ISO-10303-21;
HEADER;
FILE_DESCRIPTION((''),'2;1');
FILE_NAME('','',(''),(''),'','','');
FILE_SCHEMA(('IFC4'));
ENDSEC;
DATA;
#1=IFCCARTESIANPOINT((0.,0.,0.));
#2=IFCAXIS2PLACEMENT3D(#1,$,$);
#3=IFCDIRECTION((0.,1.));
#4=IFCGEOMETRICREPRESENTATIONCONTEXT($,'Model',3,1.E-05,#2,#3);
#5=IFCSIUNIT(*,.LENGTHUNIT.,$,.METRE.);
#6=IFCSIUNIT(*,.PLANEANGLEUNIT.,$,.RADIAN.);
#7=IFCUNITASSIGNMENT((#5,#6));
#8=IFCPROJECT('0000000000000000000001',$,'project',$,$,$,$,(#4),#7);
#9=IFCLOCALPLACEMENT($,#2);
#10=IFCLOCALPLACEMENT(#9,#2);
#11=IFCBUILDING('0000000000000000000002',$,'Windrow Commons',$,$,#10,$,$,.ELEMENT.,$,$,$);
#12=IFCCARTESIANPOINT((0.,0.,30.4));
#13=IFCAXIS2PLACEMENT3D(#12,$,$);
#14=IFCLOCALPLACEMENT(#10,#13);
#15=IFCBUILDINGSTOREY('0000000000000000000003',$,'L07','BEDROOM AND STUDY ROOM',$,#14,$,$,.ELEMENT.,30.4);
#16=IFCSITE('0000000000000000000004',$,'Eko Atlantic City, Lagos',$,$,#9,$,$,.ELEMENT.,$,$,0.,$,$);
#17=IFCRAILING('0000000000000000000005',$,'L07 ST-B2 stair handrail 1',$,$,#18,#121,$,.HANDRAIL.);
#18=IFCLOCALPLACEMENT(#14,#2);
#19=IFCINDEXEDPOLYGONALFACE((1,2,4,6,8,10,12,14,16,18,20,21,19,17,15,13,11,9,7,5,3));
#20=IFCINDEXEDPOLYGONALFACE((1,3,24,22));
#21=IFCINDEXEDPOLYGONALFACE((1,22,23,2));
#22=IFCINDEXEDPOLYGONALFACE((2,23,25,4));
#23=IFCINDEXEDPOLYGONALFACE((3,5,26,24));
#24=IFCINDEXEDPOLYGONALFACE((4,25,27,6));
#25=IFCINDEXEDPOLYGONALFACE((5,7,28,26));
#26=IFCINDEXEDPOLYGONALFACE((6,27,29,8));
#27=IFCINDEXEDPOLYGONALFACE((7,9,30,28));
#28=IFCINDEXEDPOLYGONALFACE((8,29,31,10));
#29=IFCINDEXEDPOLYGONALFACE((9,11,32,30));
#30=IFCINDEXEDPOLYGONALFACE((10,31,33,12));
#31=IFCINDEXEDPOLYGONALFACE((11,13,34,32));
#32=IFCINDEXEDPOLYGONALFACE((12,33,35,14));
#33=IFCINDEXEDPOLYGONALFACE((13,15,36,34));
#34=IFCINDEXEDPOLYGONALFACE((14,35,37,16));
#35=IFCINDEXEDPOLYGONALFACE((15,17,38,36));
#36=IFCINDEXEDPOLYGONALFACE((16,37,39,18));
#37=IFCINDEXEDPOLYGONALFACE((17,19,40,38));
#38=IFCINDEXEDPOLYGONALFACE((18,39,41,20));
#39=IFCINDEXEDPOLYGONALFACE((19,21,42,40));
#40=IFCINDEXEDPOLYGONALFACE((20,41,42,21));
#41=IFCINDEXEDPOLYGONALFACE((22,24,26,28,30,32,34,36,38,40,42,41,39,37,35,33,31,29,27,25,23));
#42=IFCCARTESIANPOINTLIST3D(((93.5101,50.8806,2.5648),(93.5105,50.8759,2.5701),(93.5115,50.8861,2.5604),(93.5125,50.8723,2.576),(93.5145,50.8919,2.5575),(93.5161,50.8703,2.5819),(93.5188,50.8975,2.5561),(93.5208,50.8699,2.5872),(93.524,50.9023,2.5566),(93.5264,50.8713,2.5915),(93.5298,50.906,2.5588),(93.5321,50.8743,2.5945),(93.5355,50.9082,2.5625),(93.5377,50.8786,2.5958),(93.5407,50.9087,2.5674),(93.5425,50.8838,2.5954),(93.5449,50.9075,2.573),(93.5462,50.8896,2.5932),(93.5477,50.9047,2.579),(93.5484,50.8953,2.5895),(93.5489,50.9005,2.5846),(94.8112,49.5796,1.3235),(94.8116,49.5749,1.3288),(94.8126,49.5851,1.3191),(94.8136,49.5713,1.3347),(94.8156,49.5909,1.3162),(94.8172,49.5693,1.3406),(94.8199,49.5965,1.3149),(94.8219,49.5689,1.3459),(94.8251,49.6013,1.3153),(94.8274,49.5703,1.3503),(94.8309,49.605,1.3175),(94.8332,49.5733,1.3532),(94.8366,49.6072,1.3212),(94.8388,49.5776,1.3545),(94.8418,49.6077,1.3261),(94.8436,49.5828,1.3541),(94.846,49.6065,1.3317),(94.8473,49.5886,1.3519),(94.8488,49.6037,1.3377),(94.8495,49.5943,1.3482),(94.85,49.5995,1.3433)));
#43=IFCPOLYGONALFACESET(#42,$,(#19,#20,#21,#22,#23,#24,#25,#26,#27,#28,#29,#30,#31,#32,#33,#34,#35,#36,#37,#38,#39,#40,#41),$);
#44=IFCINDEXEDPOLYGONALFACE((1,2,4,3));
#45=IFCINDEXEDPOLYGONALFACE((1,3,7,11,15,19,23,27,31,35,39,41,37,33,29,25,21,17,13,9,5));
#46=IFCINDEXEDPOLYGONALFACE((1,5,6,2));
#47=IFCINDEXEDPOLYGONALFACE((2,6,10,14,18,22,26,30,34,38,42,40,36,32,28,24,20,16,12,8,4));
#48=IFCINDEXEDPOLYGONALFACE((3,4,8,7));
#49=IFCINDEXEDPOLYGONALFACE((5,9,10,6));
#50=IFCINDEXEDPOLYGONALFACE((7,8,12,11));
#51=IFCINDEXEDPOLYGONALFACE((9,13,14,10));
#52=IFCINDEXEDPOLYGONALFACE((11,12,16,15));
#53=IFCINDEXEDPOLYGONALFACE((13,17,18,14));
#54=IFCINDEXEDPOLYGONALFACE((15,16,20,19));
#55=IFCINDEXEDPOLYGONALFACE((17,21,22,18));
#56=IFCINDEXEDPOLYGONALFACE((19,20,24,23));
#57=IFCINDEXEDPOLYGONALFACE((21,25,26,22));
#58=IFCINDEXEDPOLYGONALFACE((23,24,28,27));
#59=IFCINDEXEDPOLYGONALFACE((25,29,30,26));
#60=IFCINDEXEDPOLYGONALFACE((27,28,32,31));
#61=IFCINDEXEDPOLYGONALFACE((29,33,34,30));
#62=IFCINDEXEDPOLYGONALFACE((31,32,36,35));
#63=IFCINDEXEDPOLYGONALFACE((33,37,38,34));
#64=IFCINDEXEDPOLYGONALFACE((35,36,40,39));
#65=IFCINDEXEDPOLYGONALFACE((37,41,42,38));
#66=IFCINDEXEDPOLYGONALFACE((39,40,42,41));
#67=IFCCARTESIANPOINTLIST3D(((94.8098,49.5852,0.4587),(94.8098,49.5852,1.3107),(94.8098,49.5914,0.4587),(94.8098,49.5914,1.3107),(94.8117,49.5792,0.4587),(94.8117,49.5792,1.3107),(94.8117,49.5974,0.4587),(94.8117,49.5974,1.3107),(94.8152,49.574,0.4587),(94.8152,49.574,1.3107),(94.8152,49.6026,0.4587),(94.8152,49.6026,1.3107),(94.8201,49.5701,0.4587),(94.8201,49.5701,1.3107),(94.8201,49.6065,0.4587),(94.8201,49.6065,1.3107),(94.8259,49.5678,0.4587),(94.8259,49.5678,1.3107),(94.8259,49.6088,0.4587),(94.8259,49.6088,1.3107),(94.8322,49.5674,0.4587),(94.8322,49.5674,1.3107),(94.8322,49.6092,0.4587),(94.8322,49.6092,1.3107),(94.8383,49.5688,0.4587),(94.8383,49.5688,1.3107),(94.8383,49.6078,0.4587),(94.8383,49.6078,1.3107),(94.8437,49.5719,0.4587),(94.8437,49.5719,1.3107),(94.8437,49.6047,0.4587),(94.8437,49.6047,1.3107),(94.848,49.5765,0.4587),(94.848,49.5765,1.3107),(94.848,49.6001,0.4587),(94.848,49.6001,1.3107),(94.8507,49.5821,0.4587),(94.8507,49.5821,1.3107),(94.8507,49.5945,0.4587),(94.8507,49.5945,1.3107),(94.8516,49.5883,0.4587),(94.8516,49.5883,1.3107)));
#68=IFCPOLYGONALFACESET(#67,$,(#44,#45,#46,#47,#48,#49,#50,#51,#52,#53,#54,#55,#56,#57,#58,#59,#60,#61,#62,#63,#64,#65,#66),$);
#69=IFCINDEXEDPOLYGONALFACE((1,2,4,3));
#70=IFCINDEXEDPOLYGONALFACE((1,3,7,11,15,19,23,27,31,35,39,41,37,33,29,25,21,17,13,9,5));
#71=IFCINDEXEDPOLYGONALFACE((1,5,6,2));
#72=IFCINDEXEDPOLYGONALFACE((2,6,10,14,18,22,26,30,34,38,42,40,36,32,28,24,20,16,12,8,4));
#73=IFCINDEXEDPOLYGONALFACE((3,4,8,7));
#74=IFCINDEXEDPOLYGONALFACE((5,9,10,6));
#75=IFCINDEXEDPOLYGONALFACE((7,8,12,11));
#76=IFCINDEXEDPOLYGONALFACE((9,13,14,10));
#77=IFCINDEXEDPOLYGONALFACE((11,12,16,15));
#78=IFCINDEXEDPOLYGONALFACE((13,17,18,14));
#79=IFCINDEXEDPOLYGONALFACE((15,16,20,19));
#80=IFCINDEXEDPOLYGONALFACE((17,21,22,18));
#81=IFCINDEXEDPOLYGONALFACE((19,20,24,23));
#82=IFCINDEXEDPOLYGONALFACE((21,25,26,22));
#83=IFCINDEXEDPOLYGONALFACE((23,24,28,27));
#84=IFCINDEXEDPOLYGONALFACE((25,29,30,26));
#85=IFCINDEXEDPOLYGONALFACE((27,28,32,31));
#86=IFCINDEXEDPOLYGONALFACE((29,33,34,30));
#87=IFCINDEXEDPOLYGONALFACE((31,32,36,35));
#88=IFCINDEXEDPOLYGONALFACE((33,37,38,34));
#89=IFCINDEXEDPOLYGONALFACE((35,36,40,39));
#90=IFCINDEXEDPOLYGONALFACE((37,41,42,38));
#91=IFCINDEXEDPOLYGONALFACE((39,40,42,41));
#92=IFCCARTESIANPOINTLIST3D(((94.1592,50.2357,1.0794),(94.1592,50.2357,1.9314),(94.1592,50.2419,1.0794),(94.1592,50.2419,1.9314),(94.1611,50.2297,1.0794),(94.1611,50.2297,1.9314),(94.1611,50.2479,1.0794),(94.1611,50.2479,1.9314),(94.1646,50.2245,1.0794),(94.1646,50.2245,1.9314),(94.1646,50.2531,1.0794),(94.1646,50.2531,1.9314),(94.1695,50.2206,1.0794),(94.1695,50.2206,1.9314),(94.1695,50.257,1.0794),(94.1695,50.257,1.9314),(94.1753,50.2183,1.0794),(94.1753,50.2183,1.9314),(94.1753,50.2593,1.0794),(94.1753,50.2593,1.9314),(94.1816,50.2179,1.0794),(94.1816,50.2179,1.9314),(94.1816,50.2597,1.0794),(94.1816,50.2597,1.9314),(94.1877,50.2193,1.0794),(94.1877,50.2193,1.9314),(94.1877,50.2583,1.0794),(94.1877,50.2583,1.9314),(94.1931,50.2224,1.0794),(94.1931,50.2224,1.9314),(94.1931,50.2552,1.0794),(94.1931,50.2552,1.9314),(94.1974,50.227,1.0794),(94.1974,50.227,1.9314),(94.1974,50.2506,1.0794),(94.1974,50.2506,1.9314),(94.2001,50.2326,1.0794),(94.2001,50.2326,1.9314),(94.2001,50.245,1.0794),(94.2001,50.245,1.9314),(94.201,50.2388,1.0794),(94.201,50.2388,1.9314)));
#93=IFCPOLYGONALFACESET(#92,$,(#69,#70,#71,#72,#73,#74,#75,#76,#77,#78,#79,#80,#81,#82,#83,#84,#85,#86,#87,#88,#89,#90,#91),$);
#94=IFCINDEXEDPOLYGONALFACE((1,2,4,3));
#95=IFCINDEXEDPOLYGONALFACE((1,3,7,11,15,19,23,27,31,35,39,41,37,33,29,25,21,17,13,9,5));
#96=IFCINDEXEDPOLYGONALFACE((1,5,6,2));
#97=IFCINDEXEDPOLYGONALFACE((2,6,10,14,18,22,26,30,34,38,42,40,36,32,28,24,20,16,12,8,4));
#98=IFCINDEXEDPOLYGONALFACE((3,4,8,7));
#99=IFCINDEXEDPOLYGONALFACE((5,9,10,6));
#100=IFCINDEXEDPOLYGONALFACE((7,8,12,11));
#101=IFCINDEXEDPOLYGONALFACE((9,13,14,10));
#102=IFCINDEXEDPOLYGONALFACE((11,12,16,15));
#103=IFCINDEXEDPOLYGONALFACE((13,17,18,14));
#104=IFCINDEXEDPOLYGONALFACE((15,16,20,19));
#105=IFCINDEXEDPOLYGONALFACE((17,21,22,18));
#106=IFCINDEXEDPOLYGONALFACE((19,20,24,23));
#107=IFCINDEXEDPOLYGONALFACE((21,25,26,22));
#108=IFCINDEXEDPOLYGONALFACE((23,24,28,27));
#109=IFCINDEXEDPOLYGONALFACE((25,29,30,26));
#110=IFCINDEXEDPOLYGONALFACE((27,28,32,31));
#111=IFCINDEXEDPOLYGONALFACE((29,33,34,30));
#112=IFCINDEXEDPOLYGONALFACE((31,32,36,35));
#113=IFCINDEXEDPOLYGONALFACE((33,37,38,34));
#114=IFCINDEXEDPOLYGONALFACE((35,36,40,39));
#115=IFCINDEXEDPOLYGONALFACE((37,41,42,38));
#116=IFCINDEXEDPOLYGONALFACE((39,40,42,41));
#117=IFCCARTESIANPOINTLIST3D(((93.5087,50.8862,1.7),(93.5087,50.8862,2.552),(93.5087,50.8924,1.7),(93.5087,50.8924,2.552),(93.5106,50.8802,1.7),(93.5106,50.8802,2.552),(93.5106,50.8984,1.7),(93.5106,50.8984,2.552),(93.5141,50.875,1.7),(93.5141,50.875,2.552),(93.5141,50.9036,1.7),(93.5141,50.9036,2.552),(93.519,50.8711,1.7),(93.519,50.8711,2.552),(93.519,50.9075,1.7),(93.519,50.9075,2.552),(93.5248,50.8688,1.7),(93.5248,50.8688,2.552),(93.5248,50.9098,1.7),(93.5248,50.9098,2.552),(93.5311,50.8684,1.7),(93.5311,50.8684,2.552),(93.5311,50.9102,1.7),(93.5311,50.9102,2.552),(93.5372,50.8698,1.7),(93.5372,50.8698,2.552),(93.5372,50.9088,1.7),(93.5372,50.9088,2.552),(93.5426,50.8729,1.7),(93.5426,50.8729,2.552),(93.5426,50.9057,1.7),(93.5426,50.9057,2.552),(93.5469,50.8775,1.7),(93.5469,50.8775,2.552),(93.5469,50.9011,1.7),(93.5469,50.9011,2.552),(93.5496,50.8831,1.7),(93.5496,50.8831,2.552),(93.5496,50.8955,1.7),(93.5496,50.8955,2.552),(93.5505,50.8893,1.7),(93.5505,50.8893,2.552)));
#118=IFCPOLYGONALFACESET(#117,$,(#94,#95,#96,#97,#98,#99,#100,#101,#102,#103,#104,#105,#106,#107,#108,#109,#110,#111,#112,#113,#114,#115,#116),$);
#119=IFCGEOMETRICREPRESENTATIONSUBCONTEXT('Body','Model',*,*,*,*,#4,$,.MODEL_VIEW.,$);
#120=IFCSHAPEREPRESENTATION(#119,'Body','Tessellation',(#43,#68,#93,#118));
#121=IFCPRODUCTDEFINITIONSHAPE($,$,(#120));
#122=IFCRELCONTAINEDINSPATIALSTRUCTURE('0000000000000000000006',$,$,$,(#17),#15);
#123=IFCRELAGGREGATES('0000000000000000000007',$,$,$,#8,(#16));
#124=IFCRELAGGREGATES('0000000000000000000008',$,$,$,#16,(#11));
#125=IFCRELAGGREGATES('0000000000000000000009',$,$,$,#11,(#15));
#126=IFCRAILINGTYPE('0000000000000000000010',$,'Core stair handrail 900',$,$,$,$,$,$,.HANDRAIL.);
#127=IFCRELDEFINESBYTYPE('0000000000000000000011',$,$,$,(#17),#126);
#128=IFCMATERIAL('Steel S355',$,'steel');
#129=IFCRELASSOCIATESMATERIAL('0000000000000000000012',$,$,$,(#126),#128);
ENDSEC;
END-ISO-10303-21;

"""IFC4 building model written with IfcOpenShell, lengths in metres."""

from ifc_helpers import new_model, si_unit, direction, frame, origin, origin_2d, place, context, subcontext, project, spatial, circle, extrude, material, type_object, element, save


model = new_model("IFC4")

# Units and contexts
model_context = context("Model", 3, precision=1e-05, world=origin(), true_north=direction((0.0, 1.0)))
body_context = subcontext(model_context, "Body", "Model", "MODEL_VIEW")
ifc_project = project(units=[si_unit("LENGTHUNIT", "METRE"), si_unit("PLANEANGLEUNIT", "RADIAN")], contexts=[model_context])

# Site, building, storey
site_placement = place(None, origin())
site = spatial("IfcSite", under=ifc_project, at=site_placement, Name="Eko Atlantic City, Lagos", CompositionType="ELEMENT", RefElevation=0.0)
building_placement = place(site_placement, origin())
building = spatial("IfcBuilding", under=site, at=building_placement, Name="Windrow Commons", CompositionType="ELEMENT")
storey_placement = place(building_placement, frame((0.0, 0.0, 30.4)))
storey = spatial("IfcBuildingStorey", under=building, at=storey_placement, Name="L07", Description="BEDROOM AND STUDY ROOM", CompositionType="ELEMENT", Elevation=30.4)

# Railing
ifc_material_1 = material(Name="Steel S355", Category="steel")
railing_type_1 = type_object("IfcRailingType", Name="Core stair handrail 900", PredefinedType="HANDRAIL", material=ifc_material_1)
railing_1_placement = place(storey_placement, frame((94.8306, 49.5883, 0.4587)))
element("IfcRailing", 1, at=railing_1_placement, inside=storey, type_object=railing_type_1, Name="L07 ST-B2 stair handrail 1", PredefinedType="HANDRAIL", context=body_context, shape_type="SweptSolid", body=[
    extrude(circle(Radius=0.024, at=origin_2d()), frame((0.0, 0.0, 0.876), z_axis=(-0.586207, 0.586162, 0.559264), x_axis=(-0.70708, -0.707134, 0.0)), (0.0, 0.0, 1.0), 2.2195),
    extrude(circle(Radius=0.021, at=origin_2d()), origin(), (0.0, 0.0, 1.0), 0.852),
    extrude(circle(Radius=0.021, at=origin_2d()), frame((-0.6506, 0.6505, 0.6207)), (0.0, 0.0, 1.0), 0.852),
    extrude(circle(Radius=0.021, at=origin_2d()), frame((-1.3011, 1.301, 1.2413)), (0.0, 0.0, 1.0), 0.852),
])

save(model, "model.ifc")
